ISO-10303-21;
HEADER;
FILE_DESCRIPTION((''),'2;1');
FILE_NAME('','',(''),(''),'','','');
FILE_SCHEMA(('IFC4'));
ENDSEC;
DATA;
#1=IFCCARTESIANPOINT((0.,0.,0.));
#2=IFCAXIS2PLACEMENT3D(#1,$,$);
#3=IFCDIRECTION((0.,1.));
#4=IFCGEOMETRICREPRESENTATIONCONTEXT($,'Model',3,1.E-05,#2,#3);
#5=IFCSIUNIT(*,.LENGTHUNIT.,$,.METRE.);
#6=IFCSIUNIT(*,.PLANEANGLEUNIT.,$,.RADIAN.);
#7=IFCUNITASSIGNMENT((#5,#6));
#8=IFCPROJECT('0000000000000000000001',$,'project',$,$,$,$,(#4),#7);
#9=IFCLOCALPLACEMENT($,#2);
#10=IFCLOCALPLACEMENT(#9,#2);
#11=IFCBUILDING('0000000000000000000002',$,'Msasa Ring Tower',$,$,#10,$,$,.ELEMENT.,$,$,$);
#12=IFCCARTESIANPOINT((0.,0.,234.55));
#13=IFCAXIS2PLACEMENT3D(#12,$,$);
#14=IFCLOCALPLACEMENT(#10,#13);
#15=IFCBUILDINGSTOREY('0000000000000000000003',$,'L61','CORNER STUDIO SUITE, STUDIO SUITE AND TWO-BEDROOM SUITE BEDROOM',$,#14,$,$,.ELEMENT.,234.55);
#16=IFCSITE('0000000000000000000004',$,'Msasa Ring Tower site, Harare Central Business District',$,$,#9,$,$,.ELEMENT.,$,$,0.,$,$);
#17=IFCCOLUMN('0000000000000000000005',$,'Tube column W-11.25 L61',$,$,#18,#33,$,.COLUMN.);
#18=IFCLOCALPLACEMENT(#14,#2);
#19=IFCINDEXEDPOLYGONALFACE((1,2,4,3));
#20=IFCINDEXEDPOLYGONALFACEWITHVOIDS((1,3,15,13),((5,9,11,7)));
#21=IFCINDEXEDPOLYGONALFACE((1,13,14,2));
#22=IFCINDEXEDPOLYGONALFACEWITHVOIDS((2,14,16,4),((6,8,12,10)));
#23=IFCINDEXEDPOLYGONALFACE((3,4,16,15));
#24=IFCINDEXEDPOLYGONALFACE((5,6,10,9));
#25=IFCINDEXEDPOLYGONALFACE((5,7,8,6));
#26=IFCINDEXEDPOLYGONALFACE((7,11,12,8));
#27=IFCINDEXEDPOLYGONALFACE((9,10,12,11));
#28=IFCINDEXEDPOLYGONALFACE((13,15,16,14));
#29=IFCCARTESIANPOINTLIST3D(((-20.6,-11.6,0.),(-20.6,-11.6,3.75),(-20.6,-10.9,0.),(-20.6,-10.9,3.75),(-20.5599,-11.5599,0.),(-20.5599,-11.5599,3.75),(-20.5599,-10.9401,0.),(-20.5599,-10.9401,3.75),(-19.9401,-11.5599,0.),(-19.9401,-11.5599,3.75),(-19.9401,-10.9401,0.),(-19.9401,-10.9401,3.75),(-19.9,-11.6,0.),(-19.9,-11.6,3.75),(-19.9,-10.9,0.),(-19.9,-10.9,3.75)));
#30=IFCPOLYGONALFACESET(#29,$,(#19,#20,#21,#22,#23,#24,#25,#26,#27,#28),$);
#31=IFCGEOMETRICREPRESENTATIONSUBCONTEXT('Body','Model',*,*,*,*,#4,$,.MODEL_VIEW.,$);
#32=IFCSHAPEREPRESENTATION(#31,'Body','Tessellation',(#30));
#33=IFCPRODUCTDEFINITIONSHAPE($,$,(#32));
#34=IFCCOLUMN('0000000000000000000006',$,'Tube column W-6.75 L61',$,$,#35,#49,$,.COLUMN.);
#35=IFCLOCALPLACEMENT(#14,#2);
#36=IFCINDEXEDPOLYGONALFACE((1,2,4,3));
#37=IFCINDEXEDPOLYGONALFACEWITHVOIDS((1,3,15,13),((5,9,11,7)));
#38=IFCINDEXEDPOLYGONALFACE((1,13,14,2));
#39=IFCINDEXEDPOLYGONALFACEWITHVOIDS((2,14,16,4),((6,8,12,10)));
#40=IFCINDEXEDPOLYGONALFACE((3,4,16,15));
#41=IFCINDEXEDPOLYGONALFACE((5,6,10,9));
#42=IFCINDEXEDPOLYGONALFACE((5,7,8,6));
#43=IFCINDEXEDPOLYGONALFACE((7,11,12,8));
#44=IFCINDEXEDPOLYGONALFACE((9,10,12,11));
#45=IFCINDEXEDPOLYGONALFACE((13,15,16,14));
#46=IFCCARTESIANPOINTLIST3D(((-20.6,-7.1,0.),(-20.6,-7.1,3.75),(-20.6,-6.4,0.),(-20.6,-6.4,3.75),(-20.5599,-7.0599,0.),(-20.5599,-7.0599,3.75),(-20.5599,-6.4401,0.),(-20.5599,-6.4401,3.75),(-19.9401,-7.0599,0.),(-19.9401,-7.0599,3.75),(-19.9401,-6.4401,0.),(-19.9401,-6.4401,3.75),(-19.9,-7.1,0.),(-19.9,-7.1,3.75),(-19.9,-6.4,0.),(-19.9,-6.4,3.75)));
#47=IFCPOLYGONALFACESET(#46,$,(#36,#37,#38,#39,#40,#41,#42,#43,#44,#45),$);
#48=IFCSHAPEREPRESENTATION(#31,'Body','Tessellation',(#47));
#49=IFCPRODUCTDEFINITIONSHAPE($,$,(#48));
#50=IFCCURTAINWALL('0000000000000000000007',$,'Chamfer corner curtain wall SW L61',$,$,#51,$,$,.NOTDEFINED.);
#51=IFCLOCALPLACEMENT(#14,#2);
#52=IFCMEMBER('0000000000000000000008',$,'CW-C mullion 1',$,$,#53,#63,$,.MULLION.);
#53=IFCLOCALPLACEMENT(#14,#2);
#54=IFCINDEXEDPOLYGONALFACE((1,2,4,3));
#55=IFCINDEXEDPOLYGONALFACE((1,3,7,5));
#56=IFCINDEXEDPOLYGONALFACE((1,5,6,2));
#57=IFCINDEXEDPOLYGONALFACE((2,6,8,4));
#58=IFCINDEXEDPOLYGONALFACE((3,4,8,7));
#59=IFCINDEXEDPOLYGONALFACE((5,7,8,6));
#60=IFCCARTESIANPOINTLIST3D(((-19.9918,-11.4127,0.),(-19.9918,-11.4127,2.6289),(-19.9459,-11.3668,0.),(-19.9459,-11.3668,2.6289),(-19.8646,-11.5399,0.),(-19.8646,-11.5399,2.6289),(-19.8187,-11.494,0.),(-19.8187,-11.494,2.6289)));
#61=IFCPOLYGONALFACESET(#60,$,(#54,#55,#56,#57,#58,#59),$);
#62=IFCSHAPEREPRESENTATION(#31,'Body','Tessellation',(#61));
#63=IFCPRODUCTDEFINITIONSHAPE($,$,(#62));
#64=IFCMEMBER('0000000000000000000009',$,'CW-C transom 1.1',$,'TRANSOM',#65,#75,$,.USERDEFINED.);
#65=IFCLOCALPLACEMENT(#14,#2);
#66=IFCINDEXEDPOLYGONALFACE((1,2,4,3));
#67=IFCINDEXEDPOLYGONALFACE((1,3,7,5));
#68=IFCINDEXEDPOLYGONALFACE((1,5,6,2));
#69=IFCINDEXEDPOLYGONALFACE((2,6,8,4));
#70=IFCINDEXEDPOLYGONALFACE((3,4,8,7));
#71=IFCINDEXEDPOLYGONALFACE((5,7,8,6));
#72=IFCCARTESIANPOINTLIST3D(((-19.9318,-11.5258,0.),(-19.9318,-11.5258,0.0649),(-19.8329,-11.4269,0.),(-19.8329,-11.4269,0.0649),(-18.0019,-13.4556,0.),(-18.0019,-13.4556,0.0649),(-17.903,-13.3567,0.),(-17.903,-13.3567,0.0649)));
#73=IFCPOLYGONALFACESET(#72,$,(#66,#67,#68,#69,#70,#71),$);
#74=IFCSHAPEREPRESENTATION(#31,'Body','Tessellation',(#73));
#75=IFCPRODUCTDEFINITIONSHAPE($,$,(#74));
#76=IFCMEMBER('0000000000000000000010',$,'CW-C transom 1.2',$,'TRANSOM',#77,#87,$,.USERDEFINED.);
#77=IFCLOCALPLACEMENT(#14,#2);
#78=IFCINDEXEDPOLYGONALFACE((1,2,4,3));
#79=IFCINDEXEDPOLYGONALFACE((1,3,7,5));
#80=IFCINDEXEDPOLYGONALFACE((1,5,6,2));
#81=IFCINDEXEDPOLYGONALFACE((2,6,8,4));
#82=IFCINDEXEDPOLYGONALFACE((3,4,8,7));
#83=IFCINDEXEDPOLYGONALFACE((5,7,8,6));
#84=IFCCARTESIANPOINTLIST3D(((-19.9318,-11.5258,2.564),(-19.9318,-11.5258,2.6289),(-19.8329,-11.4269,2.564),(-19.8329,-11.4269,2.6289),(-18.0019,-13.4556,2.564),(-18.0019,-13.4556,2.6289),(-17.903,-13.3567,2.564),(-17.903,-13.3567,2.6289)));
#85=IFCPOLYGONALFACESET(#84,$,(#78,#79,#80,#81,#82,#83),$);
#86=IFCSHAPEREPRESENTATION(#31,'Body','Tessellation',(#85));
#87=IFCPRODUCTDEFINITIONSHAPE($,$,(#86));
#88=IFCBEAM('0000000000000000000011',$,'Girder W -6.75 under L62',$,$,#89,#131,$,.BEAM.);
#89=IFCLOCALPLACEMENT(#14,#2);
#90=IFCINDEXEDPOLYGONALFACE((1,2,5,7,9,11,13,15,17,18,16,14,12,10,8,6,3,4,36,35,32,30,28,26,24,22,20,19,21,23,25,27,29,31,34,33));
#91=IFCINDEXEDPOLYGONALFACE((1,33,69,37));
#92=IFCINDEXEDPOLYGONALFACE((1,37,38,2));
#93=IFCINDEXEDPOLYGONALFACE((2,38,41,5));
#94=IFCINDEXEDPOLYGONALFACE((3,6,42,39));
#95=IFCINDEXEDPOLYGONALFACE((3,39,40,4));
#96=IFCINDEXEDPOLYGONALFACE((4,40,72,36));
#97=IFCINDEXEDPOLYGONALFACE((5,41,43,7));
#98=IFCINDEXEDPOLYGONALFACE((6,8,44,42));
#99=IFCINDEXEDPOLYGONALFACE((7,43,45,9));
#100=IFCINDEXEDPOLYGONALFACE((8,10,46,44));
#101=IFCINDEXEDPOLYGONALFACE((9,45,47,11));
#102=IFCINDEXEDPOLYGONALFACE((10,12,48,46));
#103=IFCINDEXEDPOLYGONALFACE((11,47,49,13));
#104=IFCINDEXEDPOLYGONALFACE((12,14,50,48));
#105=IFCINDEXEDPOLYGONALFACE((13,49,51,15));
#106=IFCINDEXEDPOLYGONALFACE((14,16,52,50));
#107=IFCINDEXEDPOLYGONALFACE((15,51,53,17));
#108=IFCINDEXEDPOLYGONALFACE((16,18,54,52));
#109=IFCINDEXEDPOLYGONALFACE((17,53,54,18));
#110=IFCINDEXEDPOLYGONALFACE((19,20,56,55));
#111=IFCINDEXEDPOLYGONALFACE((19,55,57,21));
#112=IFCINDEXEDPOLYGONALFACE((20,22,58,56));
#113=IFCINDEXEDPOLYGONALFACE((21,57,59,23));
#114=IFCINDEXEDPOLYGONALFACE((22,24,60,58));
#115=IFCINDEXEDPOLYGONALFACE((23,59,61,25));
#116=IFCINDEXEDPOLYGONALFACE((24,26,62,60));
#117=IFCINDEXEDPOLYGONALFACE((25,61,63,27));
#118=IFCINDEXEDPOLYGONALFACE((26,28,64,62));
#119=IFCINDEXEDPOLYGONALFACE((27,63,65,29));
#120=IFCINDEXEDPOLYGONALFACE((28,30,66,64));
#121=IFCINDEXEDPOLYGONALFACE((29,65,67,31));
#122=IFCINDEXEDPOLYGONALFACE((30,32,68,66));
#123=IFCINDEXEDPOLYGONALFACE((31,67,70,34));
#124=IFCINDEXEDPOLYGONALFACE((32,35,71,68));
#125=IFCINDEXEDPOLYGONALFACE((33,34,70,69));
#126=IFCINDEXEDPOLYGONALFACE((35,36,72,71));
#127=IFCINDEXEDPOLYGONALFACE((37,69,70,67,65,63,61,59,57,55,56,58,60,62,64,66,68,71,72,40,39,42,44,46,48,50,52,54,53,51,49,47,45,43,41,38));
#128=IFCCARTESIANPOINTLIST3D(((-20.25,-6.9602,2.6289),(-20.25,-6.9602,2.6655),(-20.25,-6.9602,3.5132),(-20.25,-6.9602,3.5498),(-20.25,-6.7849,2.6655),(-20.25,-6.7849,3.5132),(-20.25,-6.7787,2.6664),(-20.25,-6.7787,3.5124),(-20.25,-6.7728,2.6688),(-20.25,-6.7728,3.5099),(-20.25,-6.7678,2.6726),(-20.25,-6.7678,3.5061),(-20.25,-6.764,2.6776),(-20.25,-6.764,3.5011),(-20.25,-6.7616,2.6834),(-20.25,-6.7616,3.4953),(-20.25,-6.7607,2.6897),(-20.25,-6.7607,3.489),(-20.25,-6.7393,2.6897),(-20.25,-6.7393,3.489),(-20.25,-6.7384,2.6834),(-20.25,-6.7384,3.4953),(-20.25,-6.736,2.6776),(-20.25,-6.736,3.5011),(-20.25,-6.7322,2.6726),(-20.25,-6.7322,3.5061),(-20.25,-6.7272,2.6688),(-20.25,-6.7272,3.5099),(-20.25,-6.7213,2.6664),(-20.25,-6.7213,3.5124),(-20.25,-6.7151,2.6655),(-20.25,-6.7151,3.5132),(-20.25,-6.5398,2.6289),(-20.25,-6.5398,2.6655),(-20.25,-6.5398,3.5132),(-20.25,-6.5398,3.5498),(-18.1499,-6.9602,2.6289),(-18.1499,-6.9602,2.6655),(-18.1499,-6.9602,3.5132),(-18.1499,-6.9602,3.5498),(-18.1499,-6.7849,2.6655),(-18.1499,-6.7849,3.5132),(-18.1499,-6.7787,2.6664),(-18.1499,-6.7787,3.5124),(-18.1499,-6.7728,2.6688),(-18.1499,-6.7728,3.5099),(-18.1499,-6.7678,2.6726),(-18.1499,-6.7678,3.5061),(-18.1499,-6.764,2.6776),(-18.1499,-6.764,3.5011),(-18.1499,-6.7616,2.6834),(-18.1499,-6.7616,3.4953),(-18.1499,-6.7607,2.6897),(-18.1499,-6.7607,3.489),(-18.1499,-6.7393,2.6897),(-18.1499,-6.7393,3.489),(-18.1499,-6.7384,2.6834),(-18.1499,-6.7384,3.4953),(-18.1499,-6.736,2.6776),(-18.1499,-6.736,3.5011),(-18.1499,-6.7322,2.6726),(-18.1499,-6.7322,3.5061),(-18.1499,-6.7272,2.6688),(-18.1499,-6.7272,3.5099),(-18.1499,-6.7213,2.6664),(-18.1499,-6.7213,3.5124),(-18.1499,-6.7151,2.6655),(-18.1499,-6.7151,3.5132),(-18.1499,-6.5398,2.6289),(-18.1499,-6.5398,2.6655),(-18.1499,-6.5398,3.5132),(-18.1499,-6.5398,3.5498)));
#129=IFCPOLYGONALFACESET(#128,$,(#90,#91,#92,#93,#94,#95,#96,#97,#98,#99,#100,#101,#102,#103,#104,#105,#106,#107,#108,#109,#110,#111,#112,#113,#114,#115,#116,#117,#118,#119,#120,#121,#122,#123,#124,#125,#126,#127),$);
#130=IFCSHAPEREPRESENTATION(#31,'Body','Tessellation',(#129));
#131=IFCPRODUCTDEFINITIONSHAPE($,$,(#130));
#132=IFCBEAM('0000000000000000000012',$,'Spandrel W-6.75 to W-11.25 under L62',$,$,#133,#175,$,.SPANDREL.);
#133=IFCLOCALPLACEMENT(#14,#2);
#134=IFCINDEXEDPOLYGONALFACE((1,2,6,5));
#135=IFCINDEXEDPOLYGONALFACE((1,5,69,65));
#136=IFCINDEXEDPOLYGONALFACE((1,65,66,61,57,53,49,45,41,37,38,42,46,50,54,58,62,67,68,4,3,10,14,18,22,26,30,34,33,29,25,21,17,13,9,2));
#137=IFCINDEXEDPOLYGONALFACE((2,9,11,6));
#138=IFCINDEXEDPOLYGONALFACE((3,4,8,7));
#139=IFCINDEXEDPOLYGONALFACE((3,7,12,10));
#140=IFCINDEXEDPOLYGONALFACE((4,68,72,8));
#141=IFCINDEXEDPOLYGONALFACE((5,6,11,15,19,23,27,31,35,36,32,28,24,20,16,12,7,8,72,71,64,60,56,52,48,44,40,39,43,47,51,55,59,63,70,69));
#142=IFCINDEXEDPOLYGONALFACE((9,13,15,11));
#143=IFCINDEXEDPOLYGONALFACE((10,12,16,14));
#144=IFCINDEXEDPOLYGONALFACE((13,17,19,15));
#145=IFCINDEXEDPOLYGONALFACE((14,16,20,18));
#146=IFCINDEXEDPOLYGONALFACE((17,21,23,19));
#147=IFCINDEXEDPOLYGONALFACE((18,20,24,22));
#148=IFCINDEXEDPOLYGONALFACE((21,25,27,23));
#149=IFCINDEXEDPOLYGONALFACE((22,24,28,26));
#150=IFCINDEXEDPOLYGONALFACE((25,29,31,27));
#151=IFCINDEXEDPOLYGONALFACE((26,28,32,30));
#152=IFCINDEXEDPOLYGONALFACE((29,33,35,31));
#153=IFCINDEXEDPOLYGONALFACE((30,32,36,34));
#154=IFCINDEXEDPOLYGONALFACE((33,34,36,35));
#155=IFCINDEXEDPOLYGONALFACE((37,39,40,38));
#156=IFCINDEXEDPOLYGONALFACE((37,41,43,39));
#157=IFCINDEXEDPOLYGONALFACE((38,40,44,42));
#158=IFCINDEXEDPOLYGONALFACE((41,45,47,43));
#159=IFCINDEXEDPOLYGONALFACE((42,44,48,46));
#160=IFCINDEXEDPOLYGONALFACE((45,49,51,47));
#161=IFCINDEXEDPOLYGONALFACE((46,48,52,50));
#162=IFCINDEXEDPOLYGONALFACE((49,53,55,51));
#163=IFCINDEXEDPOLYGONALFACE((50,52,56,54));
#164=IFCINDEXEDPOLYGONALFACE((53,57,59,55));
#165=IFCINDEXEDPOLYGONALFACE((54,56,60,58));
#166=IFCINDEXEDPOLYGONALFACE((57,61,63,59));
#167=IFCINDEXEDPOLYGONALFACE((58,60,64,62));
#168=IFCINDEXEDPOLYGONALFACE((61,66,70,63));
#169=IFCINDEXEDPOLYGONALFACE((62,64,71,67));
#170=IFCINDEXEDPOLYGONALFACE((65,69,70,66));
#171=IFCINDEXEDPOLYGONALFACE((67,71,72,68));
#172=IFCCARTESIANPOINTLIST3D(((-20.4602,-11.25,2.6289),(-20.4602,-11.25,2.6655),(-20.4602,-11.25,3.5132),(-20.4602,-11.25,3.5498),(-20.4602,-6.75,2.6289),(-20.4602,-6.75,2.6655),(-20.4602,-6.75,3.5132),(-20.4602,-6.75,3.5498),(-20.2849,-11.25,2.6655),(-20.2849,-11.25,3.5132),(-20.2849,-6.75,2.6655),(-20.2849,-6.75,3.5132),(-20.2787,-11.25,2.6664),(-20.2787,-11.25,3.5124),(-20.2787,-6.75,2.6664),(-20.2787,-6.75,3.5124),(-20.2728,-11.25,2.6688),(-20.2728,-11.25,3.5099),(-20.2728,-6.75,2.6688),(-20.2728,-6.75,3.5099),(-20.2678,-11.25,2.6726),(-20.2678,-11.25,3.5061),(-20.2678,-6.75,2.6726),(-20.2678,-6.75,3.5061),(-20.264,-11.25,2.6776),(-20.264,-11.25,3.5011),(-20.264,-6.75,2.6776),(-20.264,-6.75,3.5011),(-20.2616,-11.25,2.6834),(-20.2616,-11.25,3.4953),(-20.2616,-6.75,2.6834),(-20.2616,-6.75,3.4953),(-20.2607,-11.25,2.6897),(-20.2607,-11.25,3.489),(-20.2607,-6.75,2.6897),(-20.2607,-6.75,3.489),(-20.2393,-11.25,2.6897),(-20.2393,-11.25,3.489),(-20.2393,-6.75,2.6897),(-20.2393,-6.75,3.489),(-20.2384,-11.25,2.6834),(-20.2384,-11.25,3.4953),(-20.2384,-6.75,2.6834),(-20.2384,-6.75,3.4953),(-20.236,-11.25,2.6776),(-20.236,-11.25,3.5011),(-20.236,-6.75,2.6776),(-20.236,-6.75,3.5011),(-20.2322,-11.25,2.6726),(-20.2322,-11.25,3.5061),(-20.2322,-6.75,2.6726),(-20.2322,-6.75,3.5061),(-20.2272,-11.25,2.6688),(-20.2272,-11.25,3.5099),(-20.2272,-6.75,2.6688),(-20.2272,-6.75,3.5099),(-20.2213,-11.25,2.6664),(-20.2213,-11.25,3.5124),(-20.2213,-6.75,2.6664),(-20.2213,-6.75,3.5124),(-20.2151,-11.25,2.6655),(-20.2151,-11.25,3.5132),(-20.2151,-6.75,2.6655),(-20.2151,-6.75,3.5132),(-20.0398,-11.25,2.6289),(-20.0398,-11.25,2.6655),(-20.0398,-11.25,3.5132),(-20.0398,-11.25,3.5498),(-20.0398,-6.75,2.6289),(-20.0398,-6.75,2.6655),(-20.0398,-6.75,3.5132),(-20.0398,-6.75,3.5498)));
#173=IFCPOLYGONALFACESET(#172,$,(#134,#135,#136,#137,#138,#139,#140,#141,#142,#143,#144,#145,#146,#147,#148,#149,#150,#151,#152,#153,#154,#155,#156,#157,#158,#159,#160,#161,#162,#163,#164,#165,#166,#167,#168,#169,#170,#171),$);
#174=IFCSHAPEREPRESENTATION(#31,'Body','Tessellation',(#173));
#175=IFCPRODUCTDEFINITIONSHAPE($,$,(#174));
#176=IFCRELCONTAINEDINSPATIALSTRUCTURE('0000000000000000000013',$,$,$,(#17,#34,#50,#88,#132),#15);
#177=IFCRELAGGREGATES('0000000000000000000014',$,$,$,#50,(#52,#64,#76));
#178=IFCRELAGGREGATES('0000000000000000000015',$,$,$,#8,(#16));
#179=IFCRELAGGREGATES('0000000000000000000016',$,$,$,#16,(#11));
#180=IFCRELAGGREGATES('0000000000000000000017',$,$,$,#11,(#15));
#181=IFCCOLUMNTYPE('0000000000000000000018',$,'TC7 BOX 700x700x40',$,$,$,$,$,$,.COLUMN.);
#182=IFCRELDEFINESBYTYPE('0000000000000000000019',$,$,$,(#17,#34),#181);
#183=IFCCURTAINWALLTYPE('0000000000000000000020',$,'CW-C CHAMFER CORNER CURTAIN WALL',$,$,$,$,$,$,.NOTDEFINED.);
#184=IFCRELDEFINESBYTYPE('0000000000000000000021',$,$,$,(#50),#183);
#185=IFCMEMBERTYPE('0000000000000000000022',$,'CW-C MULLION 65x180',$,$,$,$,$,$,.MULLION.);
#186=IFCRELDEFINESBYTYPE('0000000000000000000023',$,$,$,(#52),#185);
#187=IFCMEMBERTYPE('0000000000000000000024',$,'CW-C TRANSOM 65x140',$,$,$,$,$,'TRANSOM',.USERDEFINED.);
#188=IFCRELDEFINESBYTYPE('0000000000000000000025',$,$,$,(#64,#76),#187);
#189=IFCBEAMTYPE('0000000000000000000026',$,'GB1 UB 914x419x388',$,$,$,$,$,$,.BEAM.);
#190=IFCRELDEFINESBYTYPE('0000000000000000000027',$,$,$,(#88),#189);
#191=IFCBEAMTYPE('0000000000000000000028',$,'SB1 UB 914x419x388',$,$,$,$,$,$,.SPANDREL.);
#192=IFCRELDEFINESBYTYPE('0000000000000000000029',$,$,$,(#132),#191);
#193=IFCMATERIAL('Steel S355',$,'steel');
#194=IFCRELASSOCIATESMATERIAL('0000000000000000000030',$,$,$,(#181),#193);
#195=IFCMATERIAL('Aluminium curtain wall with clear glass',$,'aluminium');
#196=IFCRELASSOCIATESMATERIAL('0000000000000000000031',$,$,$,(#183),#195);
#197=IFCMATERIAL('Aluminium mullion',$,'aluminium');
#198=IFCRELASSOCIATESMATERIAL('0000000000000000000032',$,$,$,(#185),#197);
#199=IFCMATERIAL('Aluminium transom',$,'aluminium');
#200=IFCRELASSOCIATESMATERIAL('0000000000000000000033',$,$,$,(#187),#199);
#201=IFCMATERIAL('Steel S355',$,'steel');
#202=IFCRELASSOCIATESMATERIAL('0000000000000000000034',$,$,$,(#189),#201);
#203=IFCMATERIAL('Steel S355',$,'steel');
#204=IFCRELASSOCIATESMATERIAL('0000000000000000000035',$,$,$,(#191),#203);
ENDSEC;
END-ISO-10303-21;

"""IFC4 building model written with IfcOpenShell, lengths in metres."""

from ifc_helpers import new_model, si_unit, direction, frame, origin, origin_2d, place, context, subcontext, project, spatial, rectangle, hollow_rectangle, i_section, extrude, material, material_profile, profile_set, type_object, element, aggregate, save


model = new_model("IFC4")

# Units and contexts
model_context = context("Model", 3, precision=1e-05, world=origin(), true_north=direction((0.0, 1.0)))
body_context = subcontext(model_context, "Body", "Model", "MODEL_VIEW")
ifc_project = project(units=[si_unit("LENGTHUNIT", "METRE"), si_unit("PLANEANGLEUNIT", "RADIAN")], contexts=[model_context])

# Site, building, storey
site_placement = place(None, origin())
site = spatial("IfcSite", under=ifc_project, at=site_placement, Name="Msasa Ring Tower site, Harare Central Business District", CompositionType="ELEMENT", RefElevation=0.0)
building_placement = place(site_placement, origin())
building = spatial("IfcBuilding", under=site, at=building_placement, Name="Msasa Ring Tower", CompositionType="ELEMENT")
storey_placement = place(building_placement, frame((0.0, 0.0, 234.55)))
storey = spatial("IfcBuildingStorey", under=building, at=storey_placement, Name="L61", Description="CORNER STUDIO SUITE, STUDIO SUITE AND TWO-BEDROOM SUITE BEDROOM", CompositionType="ELEMENT", Elevation=234.55)

# Columns
ifc_material_1 = material(Name="Steel S355", Category="steel")
ifc_material_profile_1 = material_profile(ifc_material_1, hollow_rectangle(XDim=0.7, YDim=0.7, WallThickness=0.04, at=origin_2d()), Name="BOX 700x700x40")
ifc_profile_set_1 = profile_set([ifc_material_profile_1], Name="Steel S355")
column_type = type_object("IfcColumnType", Name="TC7 BOX 700x700x40", PredefinedType="COLUMN", material=ifc_profile_set_1)
for number, where, z_axis, x_axis, name in (
    (1, (-20.25, -11.25, 0.0), (0.0, 0.0, 1.0), (1.0, 0.0, 0.0), "Tube column W-11.25 L61"),
    (2, (-20.25, -6.75, 0.0), (0.0, 0.0, 1.0), (1.0, 0.0, 0.0), "Tube column W-6.75 L61"),
):
    element("IfcColumn", number, at=place(storey_placement, frame(where, z_axis=z_axis, x_axis=x_axis)), inside=storey, type_object=column_type, Name=name, PredefinedType="COLUMN", context=body_context, shape_type="SweptSolid", body=[
        extrude(hollow_rectangle(XDim=0.7, YDim=0.7, WallThickness=0.04, at=origin_2d()), origin(), (0.0, 0.0, 1.0), 3.75),
    ])

# Curtain wall, members
ifc_material_2 = material(Name="Aluminium curtain wall with clear glass", Category="aluminium")
curtain_wall_type = type_object("IfcCurtainWallType", Name="CW-C CHAMFER CORNER CURTAIN WALL", PredefinedType="NOTDEFINED", material=ifc_material_2)
curtain_wall_placement = place(storey_placement, origin())
curtain_wall = element("IfcCurtainWall", 3, at=curtain_wall_placement, inside=storey, type_object=curtain_wall_type, Name="Chamfer corner curtain wall SW L61", PredefinedType="NOTDEFINED")
ifc_material_3 = material(Name="Aluminium mullion", Category="aluminium")
ifc_material_profile_2 = material_profile(ifc_material_3, rectangle(XDim=0.0649, YDim=0.1799, at=origin_2d()), Name="AL 65x180")
ifc_profile_set_2 = profile_set([ifc_material_profile_2], Name="Aluminium mullion")
member_type_1 = type_object("IfcMemberType", Name="CW-C MULLION 65x180", PredefinedType="MULLION", material=ifc_profile_set_2)
member_1_placement = place(storey_placement, frame((-19.9053, -11.4534, 0.0), z_axis=(0.0, 0.0, 1.0), x_axis=(0.707107, 0.707107, 0.0)))
member_1 = element("IfcMember", 4, at=member_1_placement, type_object=member_type_1, Name="CW-C mullion 1", PredefinedType="MULLION", context=body_context, shape_type="SweptSolid", body=[
    extrude(rectangle(XDim=0.0649, YDim=0.1799, at=origin_2d()), origin(), (0.0, 0.0, 1.0), 2.6289),
])
ifc_material_4 = material(Name="Aluminium transom", Category="aluminium")
ifc_material_profile_3 = material_profile(ifc_material_4, rectangle(XDim=0.1399, YDim=0.0649, at=origin_2d()), Name="AL 65x140")
ifc_profile_set_3 = profile_set([ifc_material_profile_3], Name="Aluminium transom")
member_type_2 = type_object("IfcMemberType", Name="CW-C TRANSOM 65x140", ElementType="TRANSOM", PredefinedType="USERDEFINED", material=ifc_profile_set_3)
member_2_placement = place(storey_placement, frame((-19.8823, -11.4763, 0.0325), z_axis=(0.707107, -0.707107, 0.0), x_axis=(0.707107, 0.707107, 0.0)))
member_2 = element("IfcMember", 5, at=member_2_placement, type_object=member_type_2, Name="CW-C transom 1.1", ObjectType="TRANSOM", PredefinedType="USERDEFINED", context=body_context, shape_type="SweptSolid", body=[
    extrude(rectangle(XDim=0.1399, YDim=0.0649, at=origin_2d()), origin(), (0.0, 0.0, 1.0), 2.7292),
])
member_3_placement = place(storey_placement, frame((-19.8823, -11.4763, 2.5964), z_axis=(0.707107, -0.707107, 0.0), x_axis=(0.707107, 0.707107, 0.0)))
member_3 = element("IfcMember", 6, at=member_3_placement, type_object=member_type_2, Name="CW-C transom 1.2", ObjectType="TRANSOM", PredefinedType="USERDEFINED", context=body_context, shape_type="SweptSolid", body=[
    extrude(rectangle(XDim=0.1399, YDim=0.0649, at=origin_2d()), origin(), (0.0, 0.0, 1.0), 2.7292),
])
aggregate(curtain_wall, [member_1, member_2, member_3])

# Beams
ifc_material_5 = material(Name="Steel S355", Category="steel")
ifc_material_profile_4 = material_profile(ifc_material_5, i_section(OverallWidth=0.4204, OverallDepth=0.9209, WebThickness=0.0215, FlangeThickness=0.0366, FilletRadius=0.0242, at=origin_2d()), Name="UB 914x419x388")
ifc_profile_set_4 = profile_set([ifc_material_profile_4], Name="Steel S355")
beam_type_1 = type_object("IfcBeamType", Name="GB1 UB 914x419x388", PredefinedType="BEAM", material=ifc_profile_set_4)
beam_1_placement = place(storey_placement, frame((-18.1499, -6.75, 3.0894), z_axis=(-1.0, 0.0, 0.0), x_axis=(0.0, -1.0, 0.0)))
element("IfcBeam", 7, at=beam_1_placement, inside=storey, type_object=beam_type_1, Name="Girder W -6.75 under L62", PredefinedType="BEAM", context=body_context, shape_type="SweptSolid", body=[
    extrude(i_section(OverallWidth=0.4204, OverallDepth=0.9209, WebThickness=0.0215, FlangeThickness=0.0366, FilletRadius=0.0242, at=origin_2d()), origin(), (0.0, 0.0, 1.0), 2.1001),
])
ifc_material_6 = material(Name="Steel S355", Category="steel")
ifc_material_profile_5 = material_profile(ifc_material_6, i_section(OverallWidth=0.4204, OverallDepth=0.9209, WebThickness=0.0215, FlangeThickness=0.0366, FilletRadius=0.0242, at=origin_2d()), Name="UB 914x419x388")
ifc_profile_set_5 = profile_set([ifc_material_profile_5], Name="Steel S355")
beam_type_2 = type_object("IfcBeamType", Name="SB1 UB 914x419x388", PredefinedType="SPANDREL", material=ifc_profile_set_5)
beam_2_placement = place(storey_placement, frame((-20.25, -6.75, 3.0894), z_axis=(0.0, -1.0, 0.0), x_axis=(1.0, 0.0, 0.0)))
element("IfcBeam", 8, at=beam_2_placement, inside=storey, type_object=beam_type_2, Name="Spandrel W-6.75 to W-11.25 under L62", PredefinedType="SPANDREL", context=body_context, shape_type="SweptSolid", body=[
    extrude(i_section(OverallWidth=0.4204, OverallDepth=0.9209, WebThickness=0.0215, FlangeThickness=0.0366, FilletRadius=0.0242, at=origin_2d()), origin(), (0.0, 0.0, 1.0), 4.5),
])

save(model, "model.ifc")
